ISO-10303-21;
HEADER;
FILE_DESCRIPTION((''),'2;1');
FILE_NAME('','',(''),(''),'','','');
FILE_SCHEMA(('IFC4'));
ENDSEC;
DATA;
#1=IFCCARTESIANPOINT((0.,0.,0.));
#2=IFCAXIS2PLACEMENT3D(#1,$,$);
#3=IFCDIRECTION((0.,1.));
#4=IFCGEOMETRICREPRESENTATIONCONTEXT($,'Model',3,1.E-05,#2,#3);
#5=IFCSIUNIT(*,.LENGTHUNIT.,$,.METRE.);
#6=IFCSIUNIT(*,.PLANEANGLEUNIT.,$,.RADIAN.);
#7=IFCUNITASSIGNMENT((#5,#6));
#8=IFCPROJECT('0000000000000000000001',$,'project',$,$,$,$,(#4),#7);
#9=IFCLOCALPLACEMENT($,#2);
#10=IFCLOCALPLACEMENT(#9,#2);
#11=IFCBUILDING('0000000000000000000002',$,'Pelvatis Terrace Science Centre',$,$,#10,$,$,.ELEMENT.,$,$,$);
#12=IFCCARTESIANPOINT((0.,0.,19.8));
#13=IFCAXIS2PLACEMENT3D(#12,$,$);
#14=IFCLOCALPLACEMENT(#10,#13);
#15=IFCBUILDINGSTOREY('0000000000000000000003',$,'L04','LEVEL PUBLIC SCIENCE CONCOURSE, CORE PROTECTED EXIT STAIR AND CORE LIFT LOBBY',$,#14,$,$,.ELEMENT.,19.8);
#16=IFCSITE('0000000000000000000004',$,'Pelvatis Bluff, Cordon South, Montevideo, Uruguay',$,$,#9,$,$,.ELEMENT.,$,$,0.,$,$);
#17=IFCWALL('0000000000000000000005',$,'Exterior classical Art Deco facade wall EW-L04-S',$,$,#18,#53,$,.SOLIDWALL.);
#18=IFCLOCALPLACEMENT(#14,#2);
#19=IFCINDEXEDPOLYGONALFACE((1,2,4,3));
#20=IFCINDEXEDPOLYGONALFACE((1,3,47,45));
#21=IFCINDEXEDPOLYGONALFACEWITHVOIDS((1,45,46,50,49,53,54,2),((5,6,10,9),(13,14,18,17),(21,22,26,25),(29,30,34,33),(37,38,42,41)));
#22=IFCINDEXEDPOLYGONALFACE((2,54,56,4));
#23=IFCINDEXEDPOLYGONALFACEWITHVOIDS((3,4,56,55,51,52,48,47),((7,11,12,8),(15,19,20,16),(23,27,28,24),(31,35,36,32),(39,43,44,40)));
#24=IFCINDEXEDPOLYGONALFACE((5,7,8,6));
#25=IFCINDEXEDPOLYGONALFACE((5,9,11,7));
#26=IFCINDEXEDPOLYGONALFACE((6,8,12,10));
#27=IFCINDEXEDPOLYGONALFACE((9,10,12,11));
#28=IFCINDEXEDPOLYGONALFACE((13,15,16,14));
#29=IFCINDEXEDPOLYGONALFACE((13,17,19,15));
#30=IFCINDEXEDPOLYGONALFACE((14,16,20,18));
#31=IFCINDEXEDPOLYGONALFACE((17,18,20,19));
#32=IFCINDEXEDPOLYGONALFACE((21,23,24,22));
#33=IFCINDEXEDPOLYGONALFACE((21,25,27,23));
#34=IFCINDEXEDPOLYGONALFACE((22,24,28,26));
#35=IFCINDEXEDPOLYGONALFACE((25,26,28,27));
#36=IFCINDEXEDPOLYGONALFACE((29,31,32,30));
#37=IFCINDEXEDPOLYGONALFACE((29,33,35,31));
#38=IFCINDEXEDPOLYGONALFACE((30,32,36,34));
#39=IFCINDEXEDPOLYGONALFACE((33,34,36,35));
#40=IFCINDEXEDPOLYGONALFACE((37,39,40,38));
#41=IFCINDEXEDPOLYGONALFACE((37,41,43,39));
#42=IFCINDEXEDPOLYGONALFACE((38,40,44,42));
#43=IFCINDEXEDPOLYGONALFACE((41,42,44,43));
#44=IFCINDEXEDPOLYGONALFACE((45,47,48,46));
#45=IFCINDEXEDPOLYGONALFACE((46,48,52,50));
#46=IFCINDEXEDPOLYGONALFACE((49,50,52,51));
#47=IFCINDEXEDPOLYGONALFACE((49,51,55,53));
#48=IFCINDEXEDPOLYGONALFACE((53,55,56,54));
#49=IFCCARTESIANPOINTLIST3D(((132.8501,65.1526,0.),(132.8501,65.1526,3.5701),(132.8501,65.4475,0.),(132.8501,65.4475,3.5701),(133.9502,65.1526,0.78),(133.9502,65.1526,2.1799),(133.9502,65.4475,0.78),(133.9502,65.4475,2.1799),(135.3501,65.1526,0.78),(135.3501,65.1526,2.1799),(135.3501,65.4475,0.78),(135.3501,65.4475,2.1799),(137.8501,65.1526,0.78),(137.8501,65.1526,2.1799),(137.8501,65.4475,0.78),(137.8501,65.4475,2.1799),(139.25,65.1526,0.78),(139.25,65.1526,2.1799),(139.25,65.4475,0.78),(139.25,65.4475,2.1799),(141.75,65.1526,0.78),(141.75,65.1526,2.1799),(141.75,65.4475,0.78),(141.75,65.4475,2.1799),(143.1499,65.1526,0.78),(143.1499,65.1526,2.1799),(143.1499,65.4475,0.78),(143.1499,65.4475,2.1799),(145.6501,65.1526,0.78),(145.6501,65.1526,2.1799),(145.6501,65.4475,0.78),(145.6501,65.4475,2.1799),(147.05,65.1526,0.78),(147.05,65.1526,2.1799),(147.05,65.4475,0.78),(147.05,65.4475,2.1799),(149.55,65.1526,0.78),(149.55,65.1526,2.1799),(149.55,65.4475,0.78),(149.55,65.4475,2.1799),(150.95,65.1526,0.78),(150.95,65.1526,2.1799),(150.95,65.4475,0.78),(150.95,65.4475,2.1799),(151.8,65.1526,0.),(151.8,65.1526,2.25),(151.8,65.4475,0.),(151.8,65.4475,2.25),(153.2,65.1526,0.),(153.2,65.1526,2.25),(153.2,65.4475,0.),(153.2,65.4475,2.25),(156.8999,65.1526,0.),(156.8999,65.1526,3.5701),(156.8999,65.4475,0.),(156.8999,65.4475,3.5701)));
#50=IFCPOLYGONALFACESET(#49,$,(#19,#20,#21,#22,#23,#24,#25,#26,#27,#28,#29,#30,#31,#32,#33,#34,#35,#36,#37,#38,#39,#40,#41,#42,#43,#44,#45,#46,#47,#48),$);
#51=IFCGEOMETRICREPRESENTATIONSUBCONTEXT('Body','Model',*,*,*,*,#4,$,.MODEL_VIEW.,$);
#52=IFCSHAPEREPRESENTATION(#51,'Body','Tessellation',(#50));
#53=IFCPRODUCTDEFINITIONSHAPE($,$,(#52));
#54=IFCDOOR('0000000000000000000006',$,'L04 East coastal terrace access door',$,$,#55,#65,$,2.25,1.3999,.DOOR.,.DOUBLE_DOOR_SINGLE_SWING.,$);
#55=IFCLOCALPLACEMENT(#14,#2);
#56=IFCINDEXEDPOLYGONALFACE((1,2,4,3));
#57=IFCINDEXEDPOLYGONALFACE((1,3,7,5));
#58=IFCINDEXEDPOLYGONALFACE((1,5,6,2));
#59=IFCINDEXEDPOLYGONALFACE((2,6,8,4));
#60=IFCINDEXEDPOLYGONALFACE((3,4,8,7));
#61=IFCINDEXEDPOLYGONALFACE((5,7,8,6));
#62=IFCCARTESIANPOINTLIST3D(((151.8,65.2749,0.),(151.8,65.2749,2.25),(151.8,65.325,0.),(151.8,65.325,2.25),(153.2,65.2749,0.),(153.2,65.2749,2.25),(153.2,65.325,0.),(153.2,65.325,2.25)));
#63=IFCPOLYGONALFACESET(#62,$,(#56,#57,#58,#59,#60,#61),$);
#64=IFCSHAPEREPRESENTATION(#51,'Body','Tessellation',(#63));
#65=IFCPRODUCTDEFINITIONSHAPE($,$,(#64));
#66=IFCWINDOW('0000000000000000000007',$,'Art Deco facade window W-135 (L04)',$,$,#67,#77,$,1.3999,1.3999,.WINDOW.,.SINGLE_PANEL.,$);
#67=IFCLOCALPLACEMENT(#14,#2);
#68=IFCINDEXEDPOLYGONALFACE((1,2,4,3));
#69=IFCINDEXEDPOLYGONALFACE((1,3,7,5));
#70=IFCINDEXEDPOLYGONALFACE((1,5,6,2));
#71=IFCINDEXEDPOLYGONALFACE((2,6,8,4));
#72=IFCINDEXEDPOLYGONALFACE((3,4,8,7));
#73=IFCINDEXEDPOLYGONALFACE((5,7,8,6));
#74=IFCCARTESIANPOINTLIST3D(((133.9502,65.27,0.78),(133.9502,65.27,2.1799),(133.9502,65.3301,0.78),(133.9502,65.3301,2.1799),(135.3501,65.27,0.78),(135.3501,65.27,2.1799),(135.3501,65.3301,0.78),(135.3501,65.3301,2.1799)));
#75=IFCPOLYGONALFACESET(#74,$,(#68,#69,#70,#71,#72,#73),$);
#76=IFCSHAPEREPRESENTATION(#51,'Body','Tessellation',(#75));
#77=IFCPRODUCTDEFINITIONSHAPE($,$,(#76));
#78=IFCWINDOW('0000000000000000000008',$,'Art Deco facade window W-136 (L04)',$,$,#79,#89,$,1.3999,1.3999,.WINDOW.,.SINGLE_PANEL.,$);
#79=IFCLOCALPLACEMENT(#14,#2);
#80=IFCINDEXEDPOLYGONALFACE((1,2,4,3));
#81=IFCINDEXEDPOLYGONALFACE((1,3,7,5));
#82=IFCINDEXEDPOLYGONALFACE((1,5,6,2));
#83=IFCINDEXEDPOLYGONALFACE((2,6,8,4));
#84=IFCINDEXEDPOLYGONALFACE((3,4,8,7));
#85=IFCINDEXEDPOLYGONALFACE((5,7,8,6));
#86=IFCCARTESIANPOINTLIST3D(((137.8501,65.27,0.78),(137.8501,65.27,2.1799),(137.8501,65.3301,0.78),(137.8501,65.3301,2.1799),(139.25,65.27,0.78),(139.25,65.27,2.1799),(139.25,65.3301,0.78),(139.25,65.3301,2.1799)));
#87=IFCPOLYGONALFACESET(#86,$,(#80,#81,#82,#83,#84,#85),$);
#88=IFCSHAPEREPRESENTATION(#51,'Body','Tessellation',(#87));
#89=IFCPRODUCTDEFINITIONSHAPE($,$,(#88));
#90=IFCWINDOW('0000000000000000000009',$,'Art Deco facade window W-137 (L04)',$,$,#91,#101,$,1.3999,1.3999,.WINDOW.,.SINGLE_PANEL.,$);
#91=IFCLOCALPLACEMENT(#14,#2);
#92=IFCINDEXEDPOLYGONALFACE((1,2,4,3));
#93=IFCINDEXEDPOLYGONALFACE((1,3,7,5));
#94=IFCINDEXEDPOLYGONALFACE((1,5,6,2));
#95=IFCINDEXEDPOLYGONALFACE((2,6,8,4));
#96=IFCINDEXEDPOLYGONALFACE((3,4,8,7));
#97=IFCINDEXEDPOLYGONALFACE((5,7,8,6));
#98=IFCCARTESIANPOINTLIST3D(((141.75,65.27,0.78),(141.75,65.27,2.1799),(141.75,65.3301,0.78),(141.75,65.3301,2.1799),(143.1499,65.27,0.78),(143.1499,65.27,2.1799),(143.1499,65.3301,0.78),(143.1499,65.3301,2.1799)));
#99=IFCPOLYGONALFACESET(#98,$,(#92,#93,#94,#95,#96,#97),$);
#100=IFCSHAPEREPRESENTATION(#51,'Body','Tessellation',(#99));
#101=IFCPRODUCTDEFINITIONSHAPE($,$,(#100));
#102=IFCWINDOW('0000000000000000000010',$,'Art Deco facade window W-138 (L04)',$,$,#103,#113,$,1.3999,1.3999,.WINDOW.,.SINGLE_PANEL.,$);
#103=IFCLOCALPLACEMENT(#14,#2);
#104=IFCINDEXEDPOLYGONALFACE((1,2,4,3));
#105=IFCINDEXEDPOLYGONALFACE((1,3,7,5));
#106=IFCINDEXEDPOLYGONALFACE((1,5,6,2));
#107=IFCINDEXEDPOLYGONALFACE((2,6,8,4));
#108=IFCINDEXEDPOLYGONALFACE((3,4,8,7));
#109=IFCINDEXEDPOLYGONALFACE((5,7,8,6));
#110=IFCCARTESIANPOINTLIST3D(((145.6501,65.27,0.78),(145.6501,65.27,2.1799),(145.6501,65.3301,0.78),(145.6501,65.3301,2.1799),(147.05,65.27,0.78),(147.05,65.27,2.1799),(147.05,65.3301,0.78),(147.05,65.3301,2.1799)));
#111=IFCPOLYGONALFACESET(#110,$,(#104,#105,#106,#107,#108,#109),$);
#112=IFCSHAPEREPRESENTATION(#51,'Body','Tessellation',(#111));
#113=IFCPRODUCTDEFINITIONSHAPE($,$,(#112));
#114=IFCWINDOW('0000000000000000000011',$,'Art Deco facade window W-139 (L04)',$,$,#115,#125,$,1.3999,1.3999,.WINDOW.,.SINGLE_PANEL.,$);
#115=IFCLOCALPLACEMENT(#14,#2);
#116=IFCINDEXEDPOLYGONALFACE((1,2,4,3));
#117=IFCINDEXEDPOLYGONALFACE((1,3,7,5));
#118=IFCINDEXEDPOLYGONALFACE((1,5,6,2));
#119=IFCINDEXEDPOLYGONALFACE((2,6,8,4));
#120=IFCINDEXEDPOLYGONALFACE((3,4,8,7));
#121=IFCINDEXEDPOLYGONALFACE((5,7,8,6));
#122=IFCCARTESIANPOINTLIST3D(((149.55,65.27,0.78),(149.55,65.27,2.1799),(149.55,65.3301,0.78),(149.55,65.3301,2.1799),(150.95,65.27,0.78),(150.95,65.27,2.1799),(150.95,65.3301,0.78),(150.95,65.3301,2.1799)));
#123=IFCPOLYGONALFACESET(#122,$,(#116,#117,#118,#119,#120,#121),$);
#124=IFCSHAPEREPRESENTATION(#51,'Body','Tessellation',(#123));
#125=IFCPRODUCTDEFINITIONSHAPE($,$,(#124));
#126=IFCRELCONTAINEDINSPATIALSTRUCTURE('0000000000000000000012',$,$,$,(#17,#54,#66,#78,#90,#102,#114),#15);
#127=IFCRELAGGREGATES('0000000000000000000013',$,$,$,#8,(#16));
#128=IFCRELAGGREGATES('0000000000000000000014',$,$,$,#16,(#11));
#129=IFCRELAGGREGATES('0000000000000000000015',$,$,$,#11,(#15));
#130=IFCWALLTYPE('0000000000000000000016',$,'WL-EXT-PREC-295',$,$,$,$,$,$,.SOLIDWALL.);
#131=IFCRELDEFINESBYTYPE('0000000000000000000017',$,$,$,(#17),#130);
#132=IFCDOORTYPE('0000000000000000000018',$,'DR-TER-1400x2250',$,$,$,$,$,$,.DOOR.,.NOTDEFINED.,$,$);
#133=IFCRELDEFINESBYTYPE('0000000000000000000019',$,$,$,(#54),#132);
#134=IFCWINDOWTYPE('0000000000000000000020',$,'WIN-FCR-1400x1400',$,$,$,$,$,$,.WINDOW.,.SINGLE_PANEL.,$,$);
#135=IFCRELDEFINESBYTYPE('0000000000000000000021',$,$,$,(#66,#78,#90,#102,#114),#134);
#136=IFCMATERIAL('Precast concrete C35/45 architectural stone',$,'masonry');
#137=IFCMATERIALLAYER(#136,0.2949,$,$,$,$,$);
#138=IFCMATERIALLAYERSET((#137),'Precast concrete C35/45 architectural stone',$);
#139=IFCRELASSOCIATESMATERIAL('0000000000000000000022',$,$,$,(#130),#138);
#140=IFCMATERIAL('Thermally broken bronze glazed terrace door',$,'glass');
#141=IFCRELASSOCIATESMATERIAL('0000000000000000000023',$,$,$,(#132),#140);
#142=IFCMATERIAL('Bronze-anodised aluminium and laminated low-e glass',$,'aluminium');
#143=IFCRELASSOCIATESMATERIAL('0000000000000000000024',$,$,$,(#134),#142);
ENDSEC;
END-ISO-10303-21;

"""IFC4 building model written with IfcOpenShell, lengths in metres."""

from ifc_helpers import new_model, si_unit, direction, frame, frame_2d, origin, place, context, subcontext, project, spatial, rectangle, extrude, material, layer, layer_set, type_object, element, fill, save


model = new_model("IFC4")

# Units and contexts
model_context = context("Model", 3, precision=1e-05, world=origin(), true_north=direction((0.0, 1.0)))
body_context = subcontext(model_context, "Body", "Model", "MODEL_VIEW")
ifc_project = project(units=[si_unit("LENGTHUNIT", "METRE"), si_unit("PLANEANGLEUNIT", "RADIAN")], contexts=[model_context])

# Site, building, storey
site_placement = place(None, origin())
site = spatial("IfcSite", under=ifc_project, at=site_placement, Name="Pelvatis Bluff, Cordon South, Montevideo, Uruguay", CompositionType="ELEMENT", RefElevation=0.0)
building_placement = place(site_placement, origin())
building = spatial("IfcBuilding", under=site, at=building_placement, Name="Pelvatis Terrace Science Centre", CompositionType="ELEMENT")
storey_placement = place(building_placement, frame((0.0, 0.0, 19.8)))
storey = spatial("IfcBuildingStorey", under=building, at=storey_placement, Name="L04", Description="LEVEL PUBLIC SCIENCE CONCOURSE, CORE PROTECTED EXIT STAIR AND CORE LIFT LOBBY", CompositionType="ELEMENT", Elevation=19.8)

# Shared definitions
ifc_material_1 = material(Name="Precast concrete C35/45 architectural stone", Category="masonry")
ifc_layer_1 = layer(ifc_material_1, 0.2949)
ifc_layer_set_1 = layer_set([ifc_layer_1], Name="Precast concrete C35/45 architectural stone")
wall_type_1 = type_object("IfcWallType", Name="WL-EXT-PREC-295", PredefinedType="SOLIDWALL", material=ifc_layer_set_1)

# Wall, openings, door, windows
wall_1_placement = place(storey_placement, frame((132.8501, 65.3, 0.0), z_axis=(0.0, 0.0, 1.0), x_axis=(1.0, 0.0, 0.0)))
wall_1 = element("IfcWall", 1, at=wall_1_placement, inside=storey, type_object=wall_type_1, Name="Exterior classical Art Deco facade wall EW-L04-S", PredefinedType="SOLIDWALL", context=body_context, shape_type="SweptSolid", body=[
    extrude(rectangle(XDim=24.0498, YDim=0.2949, at=frame_2d((12.0249, 0.0))), origin(), (0.0, 0.0, 1.0), 3.5701),
])
opening_1_placement = place(wall_1_placement, frame((18.95, 0.0, 0.0)))
opening_1 = element("IfcOpeningElement", 2, at=opening_1_placement, cuts=wall_1, PredefinedType="OPENING", context=body_context, shape_type="SweptSolid", body=[
    extrude(rectangle(XDim=1.3999, YDim=2.25, at=frame_2d((0.7, 1.125))), frame((0.0, 0.1575, 0.0), z_axis=(0.0, -1.0, 0.0), x_axis=(1.0, 0.0, 0.0)), (0.0, 0.0, 1.0), 0.3149),
])
opening_2_placement = place(wall_1_placement, frame((1.1001, 0.0, 0.78)))
opening_2 = element("IfcOpeningElement", 3, at=opening_2_placement, cuts=wall_1, PredefinedType="OPENING", context=body_context, shape_type="SweptSolid", body=[
    extrude(rectangle(XDim=1.3999, YDim=1.3999, at=frame_2d((0.7, 0.7))), frame((0.0, 0.1575, 0.0), z_axis=(0.0, -1.0, 0.0), x_axis=(1.0, 0.0, 0.0)), (0.0, 0.0, 1.0), 0.3149),
])
opening_3_placement = place(wall_1_placement, frame((5.0, 0.0, 0.78)))
opening_3 = element("IfcOpeningElement", 4, at=opening_3_placement, cuts=wall_1, PredefinedType="OPENING", context=body_context, shape_type="SweptSolid", body=[
    extrude(rectangle(XDim=1.3999, YDim=1.3999, at=frame_2d((0.7, 0.7))), frame((0.0, 0.1575, 0.0), z_axis=(0.0, -1.0, 0.0), x_axis=(1.0, 0.0, 0.0)), (0.0, 0.0, 1.0), 0.3149),
])
opening_4_placement = place(wall_1_placement, frame((8.8999, 0.0, 0.78)))
opening_4 = element("IfcOpeningElement", 5, at=opening_4_placement, cuts=wall_1, PredefinedType="OPENING", context=body_context, shape_type="SweptSolid", body=[
    extrude(rectangle(XDim=1.3999, YDim=1.3999, at=frame_2d((0.7, 0.7))), frame((0.0, 0.1575, 0.0), z_axis=(0.0, -1.0, 0.0), x_axis=(1.0, 0.0, 0.0)), (0.0, 0.0, 1.0), 0.3149),
])
opening_5_placement = place(wall_1_placement, frame((12.8, 0.0, 0.78)))
opening_5 = element("IfcOpeningElement", 6, at=opening_5_placement, cuts=wall_1, PredefinedType="OPENING", context=body_context, shape_type="SweptSolid", body=[
    extrude(rectangle(XDim=1.3999, YDim=1.3999, at=frame_2d((0.7, 0.7))), frame((0.0, 0.1575, 0.0), z_axis=(0.0, -1.0, 0.0), x_axis=(1.0, 0.0, 0.0)), (0.0, 0.0, 1.0), 0.3149),
])
opening_6_placement = place(wall_1_placement, frame((16.7, 0.0, 0.78)))
opening_6 = element("IfcOpeningElement", 7, at=opening_6_placement, cuts=wall_1, PredefinedType="OPENING", context=body_context, shape_type="SweptSolid", body=[
    extrude(rectangle(XDim=1.3999, YDim=1.3999, at=frame_2d((0.7, 0.7))), frame((0.0, 0.1575, 0.0), z_axis=(0.0, -1.0, 0.0), x_axis=(1.0, 0.0, 0.0)), (0.0, 0.0, 1.0), 0.3149),
])
ifc_material_2 = material(Name="Thermally broken bronze glazed terrace door", Category="glass")
door_type_1 = type_object("IfcDoorType", Name="DR-TER-1400x2250", OperationType="NOTDEFINED", PredefinedType="DOOR", material=ifc_material_2)
door_1_placement = place(opening_1_placement, origin())
door_1 = element("IfcDoor", 8, at=door_1_placement, inside=storey, type_object=door_type_1, Name="L04 East coastal terrace access door", OperationType="DOUBLE_DOOR_SINGLE_SWING", OverallHeight=2.25, OverallWidth=1.3999, PredefinedType="DOOR", context=body_context, shape_type="SweptSolid", body=[
    extrude(rectangle(XDim=1.3999, YDim=2.25, at=frame_2d((0.7, 1.125))), frame((0.0, 0.0249, 0.0), z_axis=(0.0, -1.0, 0.0), x_axis=(1.0, 0.0, 0.0)), (0.0, 0.0, 1.0), 0.05),
])
fill(opening_1, door_1)
ifc_material_3 = material(Name="Bronze-anodised aluminium and laminated low-e glass", Category="aluminium")
window_type_1 = type_object("IfcWindowType", Name="WIN-FCR-1400x1400", PartitioningType="SINGLE_PANEL", PredefinedType="WINDOW", material=ifc_material_3)
window_1_placement = place(opening_2_placement, origin())
window_1 = element("IfcWindow", 9, at=window_1_placement, inside=storey, type_object=window_type_1, Name="Art Deco facade window W-135 (L04)", OverallHeight=1.3999, OverallWidth=1.3999, PartitioningType="SINGLE_PANEL", PredefinedType="WINDOW", context=body_context, shape_type="SweptSolid", body=[
    extrude(rectangle(XDim=1.3999, YDim=1.3999, at=frame_2d((0.7, 0.7))), frame((0.0, 0.03, 0.0), z_axis=(0.0, -1.0, 0.0), x_axis=(1.0, 0.0, 0.0)), (0.0, 0.0, 1.0), 0.0601),
])
fill(opening_2, window_1)
window_2_placement = place(opening_3_placement, origin())
window_2 = element("IfcWindow", 10, at=window_2_placement, inside=storey, type_object=window_type_1, Name="Art Deco facade window W-136 (L04)", OverallHeight=1.3999, OverallWidth=1.3999, PartitioningType="SINGLE_PANEL", PredefinedType="WINDOW", context=body_context, shape_type="SweptSolid", body=[
    extrude(rectangle(XDim=1.3999, YDim=1.3999, at=frame_2d((0.7, 0.7))), frame((0.0, 0.03, 0.0), z_axis=(0.0, -1.0, 0.0), x_axis=(1.0, 0.0, 0.0)), (0.0, 0.0, 1.0), 0.0601),
])
fill(opening_3, window_2)
window_3_placement = place(opening_4_placement, origin())
window_3 = element("IfcWindow", 11, at=window_3_placement, inside=storey, type_object=window_type_1, Name="Art Deco facade window W-137 (L04)", OverallHeight=1.3999, OverallWidth=1.3999, PartitioningType="SINGLE_PANEL", PredefinedType="WINDOW", context=body_context, shape_type="SweptSolid", body=[
    extrude(rectangle(XDim=1.3999, YDim=1.3999, at=frame_2d((0.7, 0.7))), frame((0.0, 0.03, 0.0), z_axis=(0.0, -1.0, 0.0), x_axis=(1.0, 0.0, 0.0)), (0.0, 0.0, 1.0), 0.0601),
])
fill(opening_4, window_3)
window_4_placement = place(opening_5_placement, origin())
window_4 = element("IfcWindow", 12, at=window_4_placement, inside=storey, type_object=window_type_1, Name="Art Deco facade window W-138 (L04)", OverallHeight=1.3999, OverallWidth=1.3999, PartitioningType="SINGLE_PANEL", PredefinedType="WINDOW", context=body_context, shape_type="SweptSolid", body=[
    extrude(rectangle(XDim=1.3999, YDim=1.3999, at=frame_2d((0.7, 0.7))), frame((0.0, 0.03, 0.0), z_axis=(0.0, -1.0, 0.0), x_axis=(1.0, 0.0, 0.0)), (0.0, 0.0, 1.0), 0.0601),
])
fill(opening_5, window_4)
window_5_placement = place(opening_6_placement, origin())
window_5 = element("IfcWindow", 13, at=window_5_placement, inside=storey, type_object=window_type_1, Name="Art Deco facade window W-139 (L04)", OverallHeight=1.3999, OverallWidth=1.3999, PartitioningType="SINGLE_PANEL", PredefinedType="WINDOW", context=body_context, shape_type="SweptSolid", body=[
    extrude(rectangle(XDim=1.3999, YDim=1.3999, at=frame_2d((0.7, 0.7))), frame((0.0, 0.03, 0.0), z_axis=(0.0, -1.0, 0.0), x_axis=(1.0, 0.0, 0.0)), (0.0, 0.0, 1.0), 0.0601),
])
fill(opening_6, window_5)

save(model, "model.ifc")
